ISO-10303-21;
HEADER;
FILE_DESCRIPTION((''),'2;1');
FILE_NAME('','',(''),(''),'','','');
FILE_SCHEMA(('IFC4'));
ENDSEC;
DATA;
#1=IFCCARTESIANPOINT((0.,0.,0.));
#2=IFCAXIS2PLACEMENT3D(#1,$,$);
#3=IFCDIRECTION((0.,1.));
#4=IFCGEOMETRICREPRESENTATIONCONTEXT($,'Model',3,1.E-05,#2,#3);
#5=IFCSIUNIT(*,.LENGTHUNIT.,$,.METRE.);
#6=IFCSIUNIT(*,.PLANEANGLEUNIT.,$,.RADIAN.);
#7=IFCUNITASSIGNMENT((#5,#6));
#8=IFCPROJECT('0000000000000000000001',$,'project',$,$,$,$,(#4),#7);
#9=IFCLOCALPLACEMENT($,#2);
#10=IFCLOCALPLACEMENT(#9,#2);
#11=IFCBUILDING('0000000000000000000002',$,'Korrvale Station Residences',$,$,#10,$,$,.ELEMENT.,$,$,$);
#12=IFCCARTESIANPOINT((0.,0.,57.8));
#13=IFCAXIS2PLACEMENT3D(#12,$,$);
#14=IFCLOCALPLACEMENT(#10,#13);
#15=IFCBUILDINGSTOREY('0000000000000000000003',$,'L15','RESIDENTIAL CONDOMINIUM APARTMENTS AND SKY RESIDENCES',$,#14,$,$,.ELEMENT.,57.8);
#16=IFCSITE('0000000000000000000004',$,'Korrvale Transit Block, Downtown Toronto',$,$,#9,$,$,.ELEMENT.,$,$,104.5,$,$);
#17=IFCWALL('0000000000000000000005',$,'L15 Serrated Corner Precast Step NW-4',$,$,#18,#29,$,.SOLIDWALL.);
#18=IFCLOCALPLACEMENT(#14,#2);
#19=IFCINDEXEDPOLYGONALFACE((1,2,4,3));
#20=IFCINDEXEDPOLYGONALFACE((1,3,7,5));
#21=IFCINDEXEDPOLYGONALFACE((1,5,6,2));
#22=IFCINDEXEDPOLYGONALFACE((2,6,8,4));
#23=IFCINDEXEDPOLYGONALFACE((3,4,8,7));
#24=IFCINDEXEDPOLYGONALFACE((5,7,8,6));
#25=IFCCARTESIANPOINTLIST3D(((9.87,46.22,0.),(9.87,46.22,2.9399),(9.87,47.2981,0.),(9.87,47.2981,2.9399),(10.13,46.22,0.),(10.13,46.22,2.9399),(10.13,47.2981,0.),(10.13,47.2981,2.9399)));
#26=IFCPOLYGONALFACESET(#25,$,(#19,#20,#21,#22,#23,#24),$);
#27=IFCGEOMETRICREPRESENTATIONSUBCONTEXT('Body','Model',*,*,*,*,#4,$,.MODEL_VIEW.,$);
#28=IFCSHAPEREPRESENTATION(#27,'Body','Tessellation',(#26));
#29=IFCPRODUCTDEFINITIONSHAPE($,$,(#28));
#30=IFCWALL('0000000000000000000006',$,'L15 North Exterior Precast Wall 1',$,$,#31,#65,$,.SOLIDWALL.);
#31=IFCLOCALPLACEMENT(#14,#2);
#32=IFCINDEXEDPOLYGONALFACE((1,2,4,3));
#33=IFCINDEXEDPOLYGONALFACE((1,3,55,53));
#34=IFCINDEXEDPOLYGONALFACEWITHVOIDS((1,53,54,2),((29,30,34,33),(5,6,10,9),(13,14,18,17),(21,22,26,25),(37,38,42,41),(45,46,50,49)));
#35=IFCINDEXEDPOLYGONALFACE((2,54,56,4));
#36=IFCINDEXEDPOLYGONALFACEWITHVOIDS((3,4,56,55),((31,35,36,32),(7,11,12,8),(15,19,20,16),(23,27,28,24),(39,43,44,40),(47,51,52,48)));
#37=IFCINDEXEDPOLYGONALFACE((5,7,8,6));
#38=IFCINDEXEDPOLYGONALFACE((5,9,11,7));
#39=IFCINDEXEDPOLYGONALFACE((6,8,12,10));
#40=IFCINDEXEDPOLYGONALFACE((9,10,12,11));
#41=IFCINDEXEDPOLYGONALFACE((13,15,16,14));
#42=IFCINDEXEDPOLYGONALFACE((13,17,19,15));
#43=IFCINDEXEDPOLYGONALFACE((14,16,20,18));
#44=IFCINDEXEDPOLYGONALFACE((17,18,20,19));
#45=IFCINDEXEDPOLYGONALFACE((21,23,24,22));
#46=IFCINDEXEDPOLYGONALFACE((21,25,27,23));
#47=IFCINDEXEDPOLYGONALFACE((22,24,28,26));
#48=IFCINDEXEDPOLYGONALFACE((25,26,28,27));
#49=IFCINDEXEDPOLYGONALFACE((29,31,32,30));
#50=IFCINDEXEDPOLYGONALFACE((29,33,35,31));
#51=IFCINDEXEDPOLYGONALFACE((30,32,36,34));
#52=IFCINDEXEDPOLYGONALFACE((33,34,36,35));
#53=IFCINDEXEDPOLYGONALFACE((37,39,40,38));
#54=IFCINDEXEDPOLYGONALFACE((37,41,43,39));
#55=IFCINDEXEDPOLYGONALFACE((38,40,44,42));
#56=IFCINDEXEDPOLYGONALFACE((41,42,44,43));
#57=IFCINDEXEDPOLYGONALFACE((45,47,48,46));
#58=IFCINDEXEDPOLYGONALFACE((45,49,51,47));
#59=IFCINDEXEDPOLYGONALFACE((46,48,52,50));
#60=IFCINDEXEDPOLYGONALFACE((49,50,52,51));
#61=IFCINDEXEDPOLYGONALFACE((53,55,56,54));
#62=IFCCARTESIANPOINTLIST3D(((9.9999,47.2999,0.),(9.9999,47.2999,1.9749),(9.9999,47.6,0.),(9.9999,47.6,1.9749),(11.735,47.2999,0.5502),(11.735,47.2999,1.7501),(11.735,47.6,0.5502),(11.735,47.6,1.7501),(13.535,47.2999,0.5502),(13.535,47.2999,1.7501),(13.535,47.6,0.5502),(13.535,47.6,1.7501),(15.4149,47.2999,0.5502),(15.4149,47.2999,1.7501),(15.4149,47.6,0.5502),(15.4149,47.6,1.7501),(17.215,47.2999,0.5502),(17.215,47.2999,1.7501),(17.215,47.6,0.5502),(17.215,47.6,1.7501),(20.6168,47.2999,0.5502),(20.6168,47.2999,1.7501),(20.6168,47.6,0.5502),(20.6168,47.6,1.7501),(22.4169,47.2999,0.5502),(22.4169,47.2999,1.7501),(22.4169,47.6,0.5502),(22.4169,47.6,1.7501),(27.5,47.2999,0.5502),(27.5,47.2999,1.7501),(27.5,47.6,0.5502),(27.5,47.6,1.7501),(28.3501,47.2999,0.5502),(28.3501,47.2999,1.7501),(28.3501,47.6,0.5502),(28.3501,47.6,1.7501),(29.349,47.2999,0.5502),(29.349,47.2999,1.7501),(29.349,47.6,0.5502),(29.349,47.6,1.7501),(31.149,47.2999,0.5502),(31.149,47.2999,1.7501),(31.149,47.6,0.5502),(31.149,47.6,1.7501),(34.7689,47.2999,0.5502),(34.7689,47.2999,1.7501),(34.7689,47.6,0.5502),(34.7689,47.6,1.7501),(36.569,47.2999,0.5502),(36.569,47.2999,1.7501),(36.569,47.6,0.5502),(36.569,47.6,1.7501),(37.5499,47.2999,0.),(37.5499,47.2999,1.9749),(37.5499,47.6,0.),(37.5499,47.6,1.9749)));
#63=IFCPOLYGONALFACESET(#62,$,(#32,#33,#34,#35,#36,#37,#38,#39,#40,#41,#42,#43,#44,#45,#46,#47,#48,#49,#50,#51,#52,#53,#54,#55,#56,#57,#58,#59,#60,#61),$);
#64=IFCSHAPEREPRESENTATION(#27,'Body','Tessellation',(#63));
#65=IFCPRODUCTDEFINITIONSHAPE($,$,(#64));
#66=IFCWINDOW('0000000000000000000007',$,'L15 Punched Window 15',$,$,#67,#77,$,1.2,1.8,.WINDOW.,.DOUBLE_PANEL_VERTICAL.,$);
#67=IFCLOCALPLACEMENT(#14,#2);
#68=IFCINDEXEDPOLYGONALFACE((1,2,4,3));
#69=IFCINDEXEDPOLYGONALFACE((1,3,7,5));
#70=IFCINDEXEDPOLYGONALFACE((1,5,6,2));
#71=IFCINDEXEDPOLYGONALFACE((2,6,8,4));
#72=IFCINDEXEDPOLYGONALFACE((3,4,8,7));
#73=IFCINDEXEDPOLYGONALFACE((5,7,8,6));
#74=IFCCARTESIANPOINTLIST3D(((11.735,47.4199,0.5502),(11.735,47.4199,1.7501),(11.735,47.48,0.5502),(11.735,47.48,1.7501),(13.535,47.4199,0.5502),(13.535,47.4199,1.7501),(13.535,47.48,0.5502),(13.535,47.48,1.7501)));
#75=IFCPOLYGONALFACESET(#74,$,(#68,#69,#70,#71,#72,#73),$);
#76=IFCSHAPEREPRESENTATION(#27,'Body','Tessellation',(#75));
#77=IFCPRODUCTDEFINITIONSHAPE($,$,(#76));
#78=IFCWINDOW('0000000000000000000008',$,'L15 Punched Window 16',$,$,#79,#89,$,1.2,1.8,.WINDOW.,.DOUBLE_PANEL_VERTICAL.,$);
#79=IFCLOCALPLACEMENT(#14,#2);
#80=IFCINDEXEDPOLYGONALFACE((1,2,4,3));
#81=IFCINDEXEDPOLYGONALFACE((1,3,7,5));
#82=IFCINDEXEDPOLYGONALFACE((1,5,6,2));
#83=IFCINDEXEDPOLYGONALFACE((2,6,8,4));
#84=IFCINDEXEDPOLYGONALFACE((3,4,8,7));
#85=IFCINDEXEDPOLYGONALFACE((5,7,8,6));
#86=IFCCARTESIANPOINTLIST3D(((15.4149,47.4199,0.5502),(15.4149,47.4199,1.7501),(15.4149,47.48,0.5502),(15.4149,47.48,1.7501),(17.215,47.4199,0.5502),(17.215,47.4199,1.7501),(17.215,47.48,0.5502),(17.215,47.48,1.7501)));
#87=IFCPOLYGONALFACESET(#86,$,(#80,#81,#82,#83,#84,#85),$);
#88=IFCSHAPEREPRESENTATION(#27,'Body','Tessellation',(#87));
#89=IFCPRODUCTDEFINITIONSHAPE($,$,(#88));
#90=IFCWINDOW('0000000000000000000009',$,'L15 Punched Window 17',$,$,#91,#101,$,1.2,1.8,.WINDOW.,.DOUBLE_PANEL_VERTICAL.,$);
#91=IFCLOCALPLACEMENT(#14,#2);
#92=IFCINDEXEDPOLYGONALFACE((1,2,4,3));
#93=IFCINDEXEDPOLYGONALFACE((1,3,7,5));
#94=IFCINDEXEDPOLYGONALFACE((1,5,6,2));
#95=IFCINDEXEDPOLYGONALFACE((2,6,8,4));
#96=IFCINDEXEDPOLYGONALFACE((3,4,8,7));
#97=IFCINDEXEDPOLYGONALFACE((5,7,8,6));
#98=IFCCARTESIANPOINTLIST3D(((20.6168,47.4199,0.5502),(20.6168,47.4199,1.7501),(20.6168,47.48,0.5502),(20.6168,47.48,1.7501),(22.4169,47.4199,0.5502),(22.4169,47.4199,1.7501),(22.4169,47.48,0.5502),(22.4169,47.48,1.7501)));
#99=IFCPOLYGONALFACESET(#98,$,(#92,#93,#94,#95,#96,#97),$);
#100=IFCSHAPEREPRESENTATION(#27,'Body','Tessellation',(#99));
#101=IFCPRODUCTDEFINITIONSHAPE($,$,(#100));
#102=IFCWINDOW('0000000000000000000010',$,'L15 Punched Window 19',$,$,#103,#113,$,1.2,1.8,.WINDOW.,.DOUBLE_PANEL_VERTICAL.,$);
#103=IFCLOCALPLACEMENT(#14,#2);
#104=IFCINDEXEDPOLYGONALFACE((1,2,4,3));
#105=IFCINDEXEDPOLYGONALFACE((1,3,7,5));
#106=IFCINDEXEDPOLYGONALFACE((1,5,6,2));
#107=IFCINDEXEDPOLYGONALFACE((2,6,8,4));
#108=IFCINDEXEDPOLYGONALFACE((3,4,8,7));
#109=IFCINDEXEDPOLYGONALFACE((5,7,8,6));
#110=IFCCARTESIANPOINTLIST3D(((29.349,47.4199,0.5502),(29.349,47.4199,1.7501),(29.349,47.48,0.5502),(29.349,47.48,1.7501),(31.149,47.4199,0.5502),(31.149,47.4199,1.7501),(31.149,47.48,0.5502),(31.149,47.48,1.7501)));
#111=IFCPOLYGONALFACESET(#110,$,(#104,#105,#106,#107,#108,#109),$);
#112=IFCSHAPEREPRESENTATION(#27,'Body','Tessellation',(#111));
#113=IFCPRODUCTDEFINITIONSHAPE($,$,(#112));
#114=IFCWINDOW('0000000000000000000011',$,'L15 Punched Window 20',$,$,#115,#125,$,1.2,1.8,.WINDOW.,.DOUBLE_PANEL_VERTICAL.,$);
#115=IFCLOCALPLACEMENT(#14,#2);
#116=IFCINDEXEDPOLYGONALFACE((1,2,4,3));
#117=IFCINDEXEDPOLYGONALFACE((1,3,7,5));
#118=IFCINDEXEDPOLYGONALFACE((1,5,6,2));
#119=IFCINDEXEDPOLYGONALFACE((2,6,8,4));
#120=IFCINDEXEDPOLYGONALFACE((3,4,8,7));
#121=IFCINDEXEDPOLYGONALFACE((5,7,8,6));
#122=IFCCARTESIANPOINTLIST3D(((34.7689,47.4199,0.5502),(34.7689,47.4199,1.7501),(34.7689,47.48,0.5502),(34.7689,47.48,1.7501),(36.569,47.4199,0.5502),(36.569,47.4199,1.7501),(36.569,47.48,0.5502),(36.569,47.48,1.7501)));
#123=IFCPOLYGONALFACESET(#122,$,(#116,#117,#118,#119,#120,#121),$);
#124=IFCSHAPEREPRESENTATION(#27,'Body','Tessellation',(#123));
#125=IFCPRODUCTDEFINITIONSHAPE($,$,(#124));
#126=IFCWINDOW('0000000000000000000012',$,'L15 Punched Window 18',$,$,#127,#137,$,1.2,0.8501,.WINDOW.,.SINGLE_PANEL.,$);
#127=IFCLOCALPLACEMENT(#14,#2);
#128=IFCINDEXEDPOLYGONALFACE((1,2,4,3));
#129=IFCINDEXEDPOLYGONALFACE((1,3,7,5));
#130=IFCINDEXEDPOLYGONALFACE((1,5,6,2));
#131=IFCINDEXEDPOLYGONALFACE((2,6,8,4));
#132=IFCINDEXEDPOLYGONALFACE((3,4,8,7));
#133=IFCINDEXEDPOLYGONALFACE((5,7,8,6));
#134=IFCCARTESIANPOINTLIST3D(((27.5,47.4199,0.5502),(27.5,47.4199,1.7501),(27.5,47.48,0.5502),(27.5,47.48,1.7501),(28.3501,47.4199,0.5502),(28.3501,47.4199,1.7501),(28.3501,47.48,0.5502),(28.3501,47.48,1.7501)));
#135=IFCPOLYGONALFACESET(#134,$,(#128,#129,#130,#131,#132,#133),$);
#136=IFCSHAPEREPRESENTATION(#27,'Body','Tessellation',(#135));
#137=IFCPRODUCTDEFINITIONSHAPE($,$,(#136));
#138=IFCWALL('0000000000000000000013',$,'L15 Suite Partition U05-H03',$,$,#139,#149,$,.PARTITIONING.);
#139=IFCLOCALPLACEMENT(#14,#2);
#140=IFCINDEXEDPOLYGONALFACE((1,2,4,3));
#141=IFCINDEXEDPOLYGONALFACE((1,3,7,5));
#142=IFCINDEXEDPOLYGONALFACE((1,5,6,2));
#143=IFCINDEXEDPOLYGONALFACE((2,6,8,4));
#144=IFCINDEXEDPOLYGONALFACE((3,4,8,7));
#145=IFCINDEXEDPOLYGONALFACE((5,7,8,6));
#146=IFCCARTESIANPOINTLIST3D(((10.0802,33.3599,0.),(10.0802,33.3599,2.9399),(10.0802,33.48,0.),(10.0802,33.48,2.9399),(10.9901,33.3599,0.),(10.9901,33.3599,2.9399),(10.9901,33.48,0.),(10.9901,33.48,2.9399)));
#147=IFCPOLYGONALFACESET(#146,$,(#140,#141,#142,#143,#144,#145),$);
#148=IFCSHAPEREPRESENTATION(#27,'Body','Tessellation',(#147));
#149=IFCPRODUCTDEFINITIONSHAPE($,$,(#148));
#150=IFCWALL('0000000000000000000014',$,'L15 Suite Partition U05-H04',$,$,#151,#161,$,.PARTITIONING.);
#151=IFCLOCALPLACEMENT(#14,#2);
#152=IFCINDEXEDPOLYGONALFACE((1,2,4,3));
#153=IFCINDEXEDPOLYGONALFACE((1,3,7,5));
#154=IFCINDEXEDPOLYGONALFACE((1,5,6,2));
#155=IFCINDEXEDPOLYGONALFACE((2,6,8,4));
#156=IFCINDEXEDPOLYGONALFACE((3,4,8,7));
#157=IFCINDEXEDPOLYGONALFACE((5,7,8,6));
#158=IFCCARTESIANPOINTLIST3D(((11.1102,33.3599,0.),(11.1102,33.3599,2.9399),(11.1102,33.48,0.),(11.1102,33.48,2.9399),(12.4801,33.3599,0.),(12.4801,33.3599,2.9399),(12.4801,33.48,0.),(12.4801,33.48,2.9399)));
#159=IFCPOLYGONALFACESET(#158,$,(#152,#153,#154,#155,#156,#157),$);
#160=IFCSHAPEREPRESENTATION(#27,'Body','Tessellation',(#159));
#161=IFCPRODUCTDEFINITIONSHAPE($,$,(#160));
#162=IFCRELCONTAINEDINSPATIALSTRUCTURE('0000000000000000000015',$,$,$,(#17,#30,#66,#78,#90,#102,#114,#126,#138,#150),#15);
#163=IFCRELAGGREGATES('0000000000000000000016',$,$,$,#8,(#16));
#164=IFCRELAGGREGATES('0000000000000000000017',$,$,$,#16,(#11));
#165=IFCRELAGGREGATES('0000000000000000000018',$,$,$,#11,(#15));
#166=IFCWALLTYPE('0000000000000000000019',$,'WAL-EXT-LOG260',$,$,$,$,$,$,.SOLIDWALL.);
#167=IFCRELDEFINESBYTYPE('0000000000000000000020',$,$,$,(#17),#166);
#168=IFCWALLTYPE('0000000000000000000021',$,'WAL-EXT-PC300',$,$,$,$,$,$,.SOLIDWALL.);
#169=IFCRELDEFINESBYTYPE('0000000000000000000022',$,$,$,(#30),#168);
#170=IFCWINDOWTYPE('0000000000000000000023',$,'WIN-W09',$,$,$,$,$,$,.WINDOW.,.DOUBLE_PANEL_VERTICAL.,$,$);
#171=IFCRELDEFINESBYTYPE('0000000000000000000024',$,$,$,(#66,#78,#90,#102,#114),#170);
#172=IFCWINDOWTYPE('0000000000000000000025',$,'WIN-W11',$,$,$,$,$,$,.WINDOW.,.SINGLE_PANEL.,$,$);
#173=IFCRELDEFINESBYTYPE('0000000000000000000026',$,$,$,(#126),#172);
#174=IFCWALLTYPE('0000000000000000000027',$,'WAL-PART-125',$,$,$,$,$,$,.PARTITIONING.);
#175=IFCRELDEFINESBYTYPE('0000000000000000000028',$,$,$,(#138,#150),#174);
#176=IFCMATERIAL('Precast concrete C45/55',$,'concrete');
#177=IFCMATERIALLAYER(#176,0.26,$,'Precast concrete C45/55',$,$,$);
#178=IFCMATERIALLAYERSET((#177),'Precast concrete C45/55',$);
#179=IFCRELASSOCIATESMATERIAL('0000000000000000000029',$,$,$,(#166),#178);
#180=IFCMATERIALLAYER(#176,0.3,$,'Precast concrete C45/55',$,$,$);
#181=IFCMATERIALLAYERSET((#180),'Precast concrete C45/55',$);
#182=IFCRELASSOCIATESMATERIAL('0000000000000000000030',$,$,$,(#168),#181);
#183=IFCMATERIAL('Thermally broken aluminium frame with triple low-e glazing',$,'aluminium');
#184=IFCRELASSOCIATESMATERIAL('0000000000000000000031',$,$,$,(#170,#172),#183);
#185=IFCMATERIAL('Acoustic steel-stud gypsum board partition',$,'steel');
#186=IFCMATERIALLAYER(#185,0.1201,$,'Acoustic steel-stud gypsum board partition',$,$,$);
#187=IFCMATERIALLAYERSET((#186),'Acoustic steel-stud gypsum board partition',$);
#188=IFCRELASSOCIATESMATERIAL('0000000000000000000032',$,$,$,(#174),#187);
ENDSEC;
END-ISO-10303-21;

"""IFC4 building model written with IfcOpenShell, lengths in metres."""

from ifc_helpers import new_model, si_unit, direction, frame, frame_2d, origin, place, context, subcontext, project, spatial, rectangle, extrude, material, layer, layer_set, type_object, element, fill, save


model = new_model("IFC4")

# Units and contexts
model_context = context("Model", 3, precision=1e-05, world=origin(), true_north=direction((0.0, 1.0)))
body_context = subcontext(model_context, "Body", "Model", "MODEL_VIEW")
ifc_project = project(units=[si_unit("LENGTHUNIT", "METRE"), si_unit("PLANEANGLEUNIT", "RADIAN")], contexts=[model_context])

# Site, building, storey
site_placement = place(None, origin())
site = spatial("IfcSite", under=ifc_project, at=site_placement, Name="Korrvale Transit Block, Downtown Toronto", CompositionType="ELEMENT", RefElevation=104.5)
building_placement = place(site_placement, origin())
building = spatial("IfcBuilding", under=site, at=building_placement, Name="Korrvale Station Residences", CompositionType="ELEMENT")
storey_placement = place(building_placement, frame((0.0, 0.0, 57.8)))
storey = spatial("IfcBuildingStorey", under=building, at=storey_placement, Name="L15", Description="RESIDENTIAL CONDOMINIUM APARTMENTS AND SKY RESIDENCES", CompositionType="ELEMENT", Elevation=57.8)

# Wall
ifc_material_1 = material(Name="Precast concrete C45/55", Category="concrete")
ifc_layer_1 = layer(ifc_material_1, 0.26, Name="Precast concrete C45/55")
ifc_layer_set_1 = layer_set([ifc_layer_1], Name="Precast concrete C45/55")
wall_type_1 = type_object("IfcWallType", Name="WAL-EXT-LOG260", PredefinedType="SOLIDWALL", material=ifc_layer_set_1)
wall_1_placement = place(storey_placement, frame((10.0, 46.22, 0.0), z_axis=(0.0, 0.0, 1.0), x_axis=(0.0, 1.0, 0.0)))
element("IfcWall", 1, at=wall_1_placement, inside=storey, type_object=wall_type_1, Name="L15 Serrated Corner Precast Step NW-4", PredefinedType="SOLIDWALL", context=body_context, shape_type="SweptSolid", body=[
    extrude(rectangle(XDim=1.0781, YDim=0.26, at=frame_2d((0.5391, 0.0))), origin(), (0.0, 0.0, 1.0), 2.9399),
])

# Wall, openings, windows
ifc_layer_2 = layer(ifc_material_1, 0.3, Name="Precast concrete C45/55")
ifc_layer_set_2 = layer_set([ifc_layer_2], Name="Precast concrete C45/55")
wall_type_2 = type_object("IfcWallType", Name="WAL-EXT-PC300", PredefinedType="SOLIDWALL", material=ifc_layer_set_2)
wall_2_placement = place(storey_placement, frame((10.0, 47.45, 0.0), z_axis=(0.0, 0.0, 1.0), x_axis=(1.0, 0.0, 0.0)))
wall_2 = element("IfcWall", 2, at=wall_2_placement, inside=storey, type_object=wall_type_2, Name="L15 North Exterior Precast Wall 1", PredefinedType="SOLIDWALL", context=body_context, shape_type="SweptSolid", body=[
    extrude(rectangle(XDim=27.55, YDim=0.3, at=frame_2d((13.7749, 0.0))), origin(), (0.0, 0.0, 1.0), 1.9749),
])
opening_1_placement = place(wall_2_placement, frame((1.7351, 0.0, 0.55)))
opening_1 = element("IfcOpeningElement", 3, at=opening_1_placement, cuts=wall_2, PredefinedType="OPENING", context=body_context, shape_type="SweptSolid", body=[
    extrude(rectangle(XDim=1.8, YDim=1.2, at=frame_2d((0.8999, 0.6001))), frame((0.0, 0.1602, 0.0), z_axis=(0.0, -1.0, 0.0), x_axis=(1.0, 0.0, 0.0)), (0.0, 0.0, 1.0), 0.3201),
])
opening_2_placement = place(wall_2_placement, frame((5.415, 0.0, 0.55)))
opening_2 = element("IfcOpeningElement", 4, at=opening_2_placement, cuts=wall_2, PredefinedType="OPENING", context=body_context, shape_type="SweptSolid", body=[
    extrude(rectangle(XDim=1.8, YDim=1.2, at=frame_2d((0.8999, 0.6001))), frame((0.0, 0.1602, 0.0), z_axis=(0.0, -1.0, 0.0), x_axis=(1.0, 0.0, 0.0)), (0.0, 0.0, 1.0), 0.3201),
])
opening_3_placement = place(wall_2_placement, frame((10.6169, 0.0, 0.55)))
opening_3 = element("IfcOpeningElement", 5, at=opening_3_placement, cuts=wall_2, PredefinedType="OPENING", context=body_context, shape_type="SweptSolid", body=[
    extrude(rectangle(XDim=1.8, YDim=1.2, at=frame_2d((0.8999, 0.6001))), frame((0.0, 0.1602, 0.0), z_axis=(0.0, -1.0, 0.0), x_axis=(1.0, 0.0, 0.0)), (0.0, 0.0, 1.0), 0.3201),
])
opening_4_placement = place(wall_2_placement, frame((17.5, 0.0, 0.55)))
opening_4 = element("IfcOpeningElement", 6, at=opening_4_placement, cuts=wall_2, PredefinedType="OPENING", context=body_context, shape_type="SweptSolid", body=[
    extrude(rectangle(XDim=0.8501, YDim=1.2, at=frame_2d((0.425, 0.6001))), frame((0.0, 0.1602, 0.0), z_axis=(0.0, -1.0, 0.0), x_axis=(1.0, 0.0, 0.0)), (0.0, 0.0, 1.0), 0.3201),
])
opening_5_placement = place(wall_2_placement, frame((19.3491, 0.0, 0.55)))
opening_5 = element("IfcOpeningElement", 7, at=opening_5_placement, cuts=wall_2, PredefinedType="OPENING", context=body_context, shape_type="SweptSolid", body=[
    extrude(rectangle(XDim=1.8, YDim=1.2, at=frame_2d((0.8999, 0.6001))), frame((0.0, 0.1602, 0.0), z_axis=(0.0, -1.0, 0.0), x_axis=(1.0, 0.0, 0.0)), (0.0, 0.0, 1.0), 0.3201),
])
opening_6_placement = place(wall_2_placement, frame((24.769, 0.0, 0.55)))
opening_6 = element("IfcOpeningElement", 8, at=opening_6_placement, cuts=wall_2, PredefinedType="OPENING", context=body_context, shape_type="SweptSolid", body=[
    extrude(rectangle(XDim=1.8, YDim=1.2, at=frame_2d((0.8999, 0.6001))), frame((0.0, 0.1602, 0.0), z_axis=(0.0, -1.0, 0.0), x_axis=(1.0, 0.0, 0.0)), (0.0, 0.0, 1.0), 0.3201),
])
ifc_material_2 = material(Name="Thermally broken aluminium frame with triple low-e glazing", Category="aluminium")
window_type_1 = type_object("IfcWindowType", Name="WIN-W09", PartitioningType="DOUBLE_PANEL_VERTICAL", PredefinedType="WINDOW", material=ifc_material_2)
window_1_placement = place(opening_1_placement, origin())
window_1 = element("IfcWindow", 9, at=window_1_placement, inside=storey, type_object=window_type_1, Name="L15 Punched Window 15", OverallHeight=1.2, OverallWidth=1.8, PartitioningType="DOUBLE_PANEL_VERTICAL", PredefinedType="WINDOW", context=body_context, shape_type="SweptSolid", body=[
    extrude(rectangle(XDim=1.8, YDim=1.2, at=frame_2d((0.8999, 0.6001))), frame((0.0, 0.03, 0.0), z_axis=(0.0, -1.0, 0.0), x_axis=(1.0, 0.0, 0.0)), (0.0, 0.0, 1.0), 0.0601),
])
fill(opening_1, window_1)
window_2_placement = place(opening_2_placement, origin())
window_2 = element("IfcWindow", 10, at=window_2_placement, inside=storey, type_object=window_type_1, Name="L15 Punched Window 16", OverallHeight=1.2, OverallWidth=1.8, PartitioningType="DOUBLE_PANEL_VERTICAL", PredefinedType="WINDOW", context=body_context, shape_type="SweptSolid", body=[
    extrude(rectangle(XDim=1.8, YDim=1.2, at=frame_2d((0.8999, 0.6001))), frame((0.0, 0.03, 0.0), z_axis=(0.0, -1.0, 0.0), x_axis=(1.0, 0.0, 0.0)), (0.0, 0.0, 1.0), 0.0601),
])
fill(opening_2, window_2)
window_3_placement = place(opening_3_placement, origin())
window_3 = element("IfcWindow", 11, at=window_3_placement, inside=storey, type_object=window_type_1, Name="L15 Punched Window 17", OverallHeight=1.2, OverallWidth=1.8, PartitioningType="DOUBLE_PANEL_VERTICAL", PredefinedType="WINDOW", context=body_context, shape_type="SweptSolid", body=[
    extrude(rectangle(XDim=1.8, YDim=1.2, at=frame_2d((0.8999, 0.6001))), frame((0.0, 0.03, 0.0), z_axis=(0.0, -1.0, 0.0), x_axis=(1.0, 0.0, 0.0)), (0.0, 0.0, 1.0), 0.0601),
])
fill(opening_3, window_3)
window_4_placement = place(opening_5_placement, origin())
window_4 = element("IfcWindow", 12, at=window_4_placement, inside=storey, type_object=window_type_1, Name="L15 Punched Window 19", OverallHeight=1.2, OverallWidth=1.8, PartitioningType="DOUBLE_PANEL_VERTICAL", PredefinedType="WINDOW", context=body_context, shape_type="SweptSolid", body=[
    extrude(rectangle(XDim=1.8, YDim=1.2, at=frame_2d((0.8999, 0.6001))), frame((0.0, 0.03, 0.0), z_axis=(0.0, -1.0, 0.0), x_axis=(1.0, 0.0, 0.0)), (0.0, 0.0, 1.0), 0.0601),
])
fill(opening_5, window_4)
window_5_placement = place(opening_6_placement, origin())
window_5 = element("IfcWindow", 13, at=window_5_placement, inside=storey, type_object=window_type_1, Name="L15 Punched Window 20", OverallHeight=1.2, OverallWidth=1.8, PartitioningType="DOUBLE_PANEL_VERTICAL", PredefinedType="WINDOW", context=body_context, shape_type="SweptSolid", body=[
    extrude(rectangle(XDim=1.8, YDim=1.2, at=frame_2d((0.8999, 0.6001))), frame((0.0, 0.03, 0.0), z_axis=(0.0, -1.0, 0.0), x_axis=(1.0, 0.0, 0.0)), (0.0, 0.0, 1.0), 0.0601),
])
fill(opening_6, window_5)
window_type_2 = type_object("IfcWindowType", Name="WIN-W11", PartitioningType="SINGLE_PANEL", PredefinedType="WINDOW", material=ifc_material_2)
window_6_placement = place(opening_4_placement, origin())
window_6 = element("IfcWindow", 14, at=window_6_placement, inside=storey, type_object=window_type_2, Name="L15 Punched Window 18", OverallHeight=1.2, OverallWidth=0.8501, PartitioningType="SINGLE_PANEL", PredefinedType="WINDOW", context=body_context, shape_type="SweptSolid", body=[
    extrude(rectangle(XDim=0.8501, YDim=1.2, at=frame_2d((0.425, 0.6001))), frame((0.0, 0.03, 0.0), z_axis=(0.0, -1.0, 0.0), x_axis=(1.0, 0.0, 0.0)), (0.0, 0.0, 1.0), 0.0601),
])
fill(opening_4, window_6)

# Walls
ifc_material_3 = material(Name="Acoustic steel-stud gypsum board partition", Category="steel")
ifc_layer_3 = layer(ifc_material_3, 0.1201, Name="Acoustic steel-stud gypsum board partition")
ifc_layer_set_3 = layer_set([ifc_layer_3], Name="Acoustic steel-stud gypsum board partition")
wall_type_3 = type_object("IfcWallType", Name="WAL-PART-125", PredefinedType="PARTITIONING", material=ifc_layer_set_3)
wall_3_placement = place(storey_placement, frame((10.0801, 33.4199, 0.0), z_axis=(0.0, 0.0, 1.0), x_axis=(1.0, 0.0, 0.0)))
element("IfcWall", 15, at=wall_3_placement, inside=storey, type_object=wall_type_3, Name="L15 Suite Partition U05-H03", PredefinedType="PARTITIONING", context=body_context, shape_type="SweptSolid", body=[
    extrude(rectangle(XDim=0.9099, YDim=0.1201, at=frame_2d((0.4551, 0.0))), origin(), (0.0, 0.0, 1.0), 2.9399),
])
wall_4_placement = place(storey_placement, frame((11.1101, 33.4199, 0.0), z_axis=(0.0, 0.0, 1.0), x_axis=(1.0, 0.0, 0.0)))
element("IfcWall", 16, at=wall_4_placement, inside=storey, type_object=wall_type_3, Name="L15 Suite Partition U05-H04", PredefinedType="PARTITIONING", context=body_context, shape_type="SweptSolid", body=[
    extrude(rectangle(XDim=1.3699, YDim=0.1201, at=frame_2d((0.6851, 0.0))), origin(), (0.0, 0.0, 1.0), 2.9399),
])

save(model, "model.ifc")
